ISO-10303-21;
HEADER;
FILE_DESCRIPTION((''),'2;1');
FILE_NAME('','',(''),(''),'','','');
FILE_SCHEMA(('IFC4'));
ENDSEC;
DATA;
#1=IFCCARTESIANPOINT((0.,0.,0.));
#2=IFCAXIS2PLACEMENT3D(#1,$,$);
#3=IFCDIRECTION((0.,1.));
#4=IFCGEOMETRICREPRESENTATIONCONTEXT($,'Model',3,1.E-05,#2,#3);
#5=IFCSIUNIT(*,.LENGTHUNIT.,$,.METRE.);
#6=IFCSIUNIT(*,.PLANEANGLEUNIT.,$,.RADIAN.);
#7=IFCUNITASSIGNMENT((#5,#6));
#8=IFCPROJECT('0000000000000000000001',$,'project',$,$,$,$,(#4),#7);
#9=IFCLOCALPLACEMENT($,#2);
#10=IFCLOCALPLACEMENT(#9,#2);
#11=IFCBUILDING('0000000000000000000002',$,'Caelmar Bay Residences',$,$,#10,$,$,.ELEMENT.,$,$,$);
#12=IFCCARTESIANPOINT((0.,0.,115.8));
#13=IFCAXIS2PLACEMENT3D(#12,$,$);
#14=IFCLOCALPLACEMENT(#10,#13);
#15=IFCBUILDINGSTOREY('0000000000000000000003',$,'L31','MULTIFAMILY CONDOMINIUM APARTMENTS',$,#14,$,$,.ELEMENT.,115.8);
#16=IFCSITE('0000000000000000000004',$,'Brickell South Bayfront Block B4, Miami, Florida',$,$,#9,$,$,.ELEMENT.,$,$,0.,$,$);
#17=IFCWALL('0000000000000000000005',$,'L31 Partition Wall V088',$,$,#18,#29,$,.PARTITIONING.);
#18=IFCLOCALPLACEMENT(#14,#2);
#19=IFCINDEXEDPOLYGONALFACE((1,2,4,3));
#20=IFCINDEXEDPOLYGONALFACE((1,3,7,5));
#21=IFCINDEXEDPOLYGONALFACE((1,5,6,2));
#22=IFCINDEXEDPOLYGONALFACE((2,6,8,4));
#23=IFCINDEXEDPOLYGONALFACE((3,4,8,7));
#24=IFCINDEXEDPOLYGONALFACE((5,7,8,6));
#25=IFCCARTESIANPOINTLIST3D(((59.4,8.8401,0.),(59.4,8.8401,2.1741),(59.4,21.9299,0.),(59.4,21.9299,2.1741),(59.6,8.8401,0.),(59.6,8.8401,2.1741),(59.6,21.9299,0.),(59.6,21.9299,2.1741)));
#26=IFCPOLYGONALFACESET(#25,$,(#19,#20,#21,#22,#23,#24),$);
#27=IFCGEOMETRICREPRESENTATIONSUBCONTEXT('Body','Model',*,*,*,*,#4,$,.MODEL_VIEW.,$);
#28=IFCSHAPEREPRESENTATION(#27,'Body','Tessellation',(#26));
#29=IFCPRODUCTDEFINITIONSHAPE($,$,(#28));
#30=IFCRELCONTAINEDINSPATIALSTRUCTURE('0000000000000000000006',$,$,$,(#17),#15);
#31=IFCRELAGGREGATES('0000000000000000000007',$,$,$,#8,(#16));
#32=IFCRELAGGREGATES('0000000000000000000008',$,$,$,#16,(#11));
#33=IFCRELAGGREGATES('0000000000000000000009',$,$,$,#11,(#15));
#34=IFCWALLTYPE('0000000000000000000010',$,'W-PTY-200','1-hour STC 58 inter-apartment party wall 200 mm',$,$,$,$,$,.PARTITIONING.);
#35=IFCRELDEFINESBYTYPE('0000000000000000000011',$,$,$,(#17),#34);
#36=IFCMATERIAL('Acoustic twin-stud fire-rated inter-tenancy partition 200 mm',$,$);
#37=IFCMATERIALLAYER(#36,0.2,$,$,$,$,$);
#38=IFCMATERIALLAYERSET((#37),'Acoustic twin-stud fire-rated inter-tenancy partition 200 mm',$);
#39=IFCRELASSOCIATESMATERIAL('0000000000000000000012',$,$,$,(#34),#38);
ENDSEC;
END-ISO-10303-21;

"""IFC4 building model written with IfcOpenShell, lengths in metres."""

from ifc_helpers import new_model, si_unit, direction, frame, frame_2d, origin, place, context, subcontext, project, spatial, rectangle, extrude, material, layer, layer_set, type_object, element, save


model = new_model("IFC4")

# Units and contexts
model_context = context("Model", 3, precision=1e-05, world=origin(), true_north=direction((0.0, 1.0)))
body_context = subcontext(model_context, "Body", "Model", "MODEL_VIEW")
ifc_project = project(units=[si_unit("LENGTHUNIT", "METRE"), si_unit("PLANEANGLEUNIT", "RADIAN")], contexts=[model_context])

# Site, building, storey
site_placement = place(None, origin())
site = spatial("IfcSite", under=ifc_project, at=site_placement, Name="Brickell South Bayfront Block B4, Miami, Florida", CompositionType="ELEMENT", RefElevation=0.0)
building_placement = place(site_placement, origin())
building = spatial("IfcBuilding", under=site, at=building_placement, Name="Caelmar Bay Residences", CompositionType="ELEMENT")
storey_placement = place(building_placement, frame((0.0, 0.0, 115.8)))
storey = spatial("IfcBuildingStorey", under=building, at=storey_placement, Name="L31", Description="MULTIFAMILY CONDOMINIUM APARTMENTS", CompositionType="ELEMENT", Elevation=115.8)

# Wall
ifc_material_1 = material(Name="Acoustic twin-stud fire-rated inter-tenancy partition 200 mm")
ifc_layer_1 = layer(ifc_material_1, 0.2)
ifc_layer_set_1 = layer_set([ifc_layer_1], Name="Acoustic twin-stud fire-rated inter-tenancy partition 200 mm")
wall_type_1 = type_object("IfcWallType", Name="W-PTY-200", Description="1-hour STC 58 inter-apartment party wall 200 mm", PredefinedType="PARTITIONING", material=ifc_layer_set_1)
wall_1_placement = place(storey_placement, frame((59.5, 8.8401, 0.0), z_axis=(0.0, 0.0, 1.0), x_axis=(0.0, 1.0, 0.0)))
element("IfcWall", 1, at=wall_1_placement, inside=storey, type_object=wall_type_1, Name="L31 Partition Wall V088", PredefinedType="PARTITIONING", context=body_context, shape_type="SweptSolid", body=[
    extrude(rectangle(XDim=13.0898, YDim=0.2, at=frame_2d((6.5449, 0.0))), origin(), (0.0, 0.0, 1.0), 2.1741),
])

save(model, "model.ifc")
